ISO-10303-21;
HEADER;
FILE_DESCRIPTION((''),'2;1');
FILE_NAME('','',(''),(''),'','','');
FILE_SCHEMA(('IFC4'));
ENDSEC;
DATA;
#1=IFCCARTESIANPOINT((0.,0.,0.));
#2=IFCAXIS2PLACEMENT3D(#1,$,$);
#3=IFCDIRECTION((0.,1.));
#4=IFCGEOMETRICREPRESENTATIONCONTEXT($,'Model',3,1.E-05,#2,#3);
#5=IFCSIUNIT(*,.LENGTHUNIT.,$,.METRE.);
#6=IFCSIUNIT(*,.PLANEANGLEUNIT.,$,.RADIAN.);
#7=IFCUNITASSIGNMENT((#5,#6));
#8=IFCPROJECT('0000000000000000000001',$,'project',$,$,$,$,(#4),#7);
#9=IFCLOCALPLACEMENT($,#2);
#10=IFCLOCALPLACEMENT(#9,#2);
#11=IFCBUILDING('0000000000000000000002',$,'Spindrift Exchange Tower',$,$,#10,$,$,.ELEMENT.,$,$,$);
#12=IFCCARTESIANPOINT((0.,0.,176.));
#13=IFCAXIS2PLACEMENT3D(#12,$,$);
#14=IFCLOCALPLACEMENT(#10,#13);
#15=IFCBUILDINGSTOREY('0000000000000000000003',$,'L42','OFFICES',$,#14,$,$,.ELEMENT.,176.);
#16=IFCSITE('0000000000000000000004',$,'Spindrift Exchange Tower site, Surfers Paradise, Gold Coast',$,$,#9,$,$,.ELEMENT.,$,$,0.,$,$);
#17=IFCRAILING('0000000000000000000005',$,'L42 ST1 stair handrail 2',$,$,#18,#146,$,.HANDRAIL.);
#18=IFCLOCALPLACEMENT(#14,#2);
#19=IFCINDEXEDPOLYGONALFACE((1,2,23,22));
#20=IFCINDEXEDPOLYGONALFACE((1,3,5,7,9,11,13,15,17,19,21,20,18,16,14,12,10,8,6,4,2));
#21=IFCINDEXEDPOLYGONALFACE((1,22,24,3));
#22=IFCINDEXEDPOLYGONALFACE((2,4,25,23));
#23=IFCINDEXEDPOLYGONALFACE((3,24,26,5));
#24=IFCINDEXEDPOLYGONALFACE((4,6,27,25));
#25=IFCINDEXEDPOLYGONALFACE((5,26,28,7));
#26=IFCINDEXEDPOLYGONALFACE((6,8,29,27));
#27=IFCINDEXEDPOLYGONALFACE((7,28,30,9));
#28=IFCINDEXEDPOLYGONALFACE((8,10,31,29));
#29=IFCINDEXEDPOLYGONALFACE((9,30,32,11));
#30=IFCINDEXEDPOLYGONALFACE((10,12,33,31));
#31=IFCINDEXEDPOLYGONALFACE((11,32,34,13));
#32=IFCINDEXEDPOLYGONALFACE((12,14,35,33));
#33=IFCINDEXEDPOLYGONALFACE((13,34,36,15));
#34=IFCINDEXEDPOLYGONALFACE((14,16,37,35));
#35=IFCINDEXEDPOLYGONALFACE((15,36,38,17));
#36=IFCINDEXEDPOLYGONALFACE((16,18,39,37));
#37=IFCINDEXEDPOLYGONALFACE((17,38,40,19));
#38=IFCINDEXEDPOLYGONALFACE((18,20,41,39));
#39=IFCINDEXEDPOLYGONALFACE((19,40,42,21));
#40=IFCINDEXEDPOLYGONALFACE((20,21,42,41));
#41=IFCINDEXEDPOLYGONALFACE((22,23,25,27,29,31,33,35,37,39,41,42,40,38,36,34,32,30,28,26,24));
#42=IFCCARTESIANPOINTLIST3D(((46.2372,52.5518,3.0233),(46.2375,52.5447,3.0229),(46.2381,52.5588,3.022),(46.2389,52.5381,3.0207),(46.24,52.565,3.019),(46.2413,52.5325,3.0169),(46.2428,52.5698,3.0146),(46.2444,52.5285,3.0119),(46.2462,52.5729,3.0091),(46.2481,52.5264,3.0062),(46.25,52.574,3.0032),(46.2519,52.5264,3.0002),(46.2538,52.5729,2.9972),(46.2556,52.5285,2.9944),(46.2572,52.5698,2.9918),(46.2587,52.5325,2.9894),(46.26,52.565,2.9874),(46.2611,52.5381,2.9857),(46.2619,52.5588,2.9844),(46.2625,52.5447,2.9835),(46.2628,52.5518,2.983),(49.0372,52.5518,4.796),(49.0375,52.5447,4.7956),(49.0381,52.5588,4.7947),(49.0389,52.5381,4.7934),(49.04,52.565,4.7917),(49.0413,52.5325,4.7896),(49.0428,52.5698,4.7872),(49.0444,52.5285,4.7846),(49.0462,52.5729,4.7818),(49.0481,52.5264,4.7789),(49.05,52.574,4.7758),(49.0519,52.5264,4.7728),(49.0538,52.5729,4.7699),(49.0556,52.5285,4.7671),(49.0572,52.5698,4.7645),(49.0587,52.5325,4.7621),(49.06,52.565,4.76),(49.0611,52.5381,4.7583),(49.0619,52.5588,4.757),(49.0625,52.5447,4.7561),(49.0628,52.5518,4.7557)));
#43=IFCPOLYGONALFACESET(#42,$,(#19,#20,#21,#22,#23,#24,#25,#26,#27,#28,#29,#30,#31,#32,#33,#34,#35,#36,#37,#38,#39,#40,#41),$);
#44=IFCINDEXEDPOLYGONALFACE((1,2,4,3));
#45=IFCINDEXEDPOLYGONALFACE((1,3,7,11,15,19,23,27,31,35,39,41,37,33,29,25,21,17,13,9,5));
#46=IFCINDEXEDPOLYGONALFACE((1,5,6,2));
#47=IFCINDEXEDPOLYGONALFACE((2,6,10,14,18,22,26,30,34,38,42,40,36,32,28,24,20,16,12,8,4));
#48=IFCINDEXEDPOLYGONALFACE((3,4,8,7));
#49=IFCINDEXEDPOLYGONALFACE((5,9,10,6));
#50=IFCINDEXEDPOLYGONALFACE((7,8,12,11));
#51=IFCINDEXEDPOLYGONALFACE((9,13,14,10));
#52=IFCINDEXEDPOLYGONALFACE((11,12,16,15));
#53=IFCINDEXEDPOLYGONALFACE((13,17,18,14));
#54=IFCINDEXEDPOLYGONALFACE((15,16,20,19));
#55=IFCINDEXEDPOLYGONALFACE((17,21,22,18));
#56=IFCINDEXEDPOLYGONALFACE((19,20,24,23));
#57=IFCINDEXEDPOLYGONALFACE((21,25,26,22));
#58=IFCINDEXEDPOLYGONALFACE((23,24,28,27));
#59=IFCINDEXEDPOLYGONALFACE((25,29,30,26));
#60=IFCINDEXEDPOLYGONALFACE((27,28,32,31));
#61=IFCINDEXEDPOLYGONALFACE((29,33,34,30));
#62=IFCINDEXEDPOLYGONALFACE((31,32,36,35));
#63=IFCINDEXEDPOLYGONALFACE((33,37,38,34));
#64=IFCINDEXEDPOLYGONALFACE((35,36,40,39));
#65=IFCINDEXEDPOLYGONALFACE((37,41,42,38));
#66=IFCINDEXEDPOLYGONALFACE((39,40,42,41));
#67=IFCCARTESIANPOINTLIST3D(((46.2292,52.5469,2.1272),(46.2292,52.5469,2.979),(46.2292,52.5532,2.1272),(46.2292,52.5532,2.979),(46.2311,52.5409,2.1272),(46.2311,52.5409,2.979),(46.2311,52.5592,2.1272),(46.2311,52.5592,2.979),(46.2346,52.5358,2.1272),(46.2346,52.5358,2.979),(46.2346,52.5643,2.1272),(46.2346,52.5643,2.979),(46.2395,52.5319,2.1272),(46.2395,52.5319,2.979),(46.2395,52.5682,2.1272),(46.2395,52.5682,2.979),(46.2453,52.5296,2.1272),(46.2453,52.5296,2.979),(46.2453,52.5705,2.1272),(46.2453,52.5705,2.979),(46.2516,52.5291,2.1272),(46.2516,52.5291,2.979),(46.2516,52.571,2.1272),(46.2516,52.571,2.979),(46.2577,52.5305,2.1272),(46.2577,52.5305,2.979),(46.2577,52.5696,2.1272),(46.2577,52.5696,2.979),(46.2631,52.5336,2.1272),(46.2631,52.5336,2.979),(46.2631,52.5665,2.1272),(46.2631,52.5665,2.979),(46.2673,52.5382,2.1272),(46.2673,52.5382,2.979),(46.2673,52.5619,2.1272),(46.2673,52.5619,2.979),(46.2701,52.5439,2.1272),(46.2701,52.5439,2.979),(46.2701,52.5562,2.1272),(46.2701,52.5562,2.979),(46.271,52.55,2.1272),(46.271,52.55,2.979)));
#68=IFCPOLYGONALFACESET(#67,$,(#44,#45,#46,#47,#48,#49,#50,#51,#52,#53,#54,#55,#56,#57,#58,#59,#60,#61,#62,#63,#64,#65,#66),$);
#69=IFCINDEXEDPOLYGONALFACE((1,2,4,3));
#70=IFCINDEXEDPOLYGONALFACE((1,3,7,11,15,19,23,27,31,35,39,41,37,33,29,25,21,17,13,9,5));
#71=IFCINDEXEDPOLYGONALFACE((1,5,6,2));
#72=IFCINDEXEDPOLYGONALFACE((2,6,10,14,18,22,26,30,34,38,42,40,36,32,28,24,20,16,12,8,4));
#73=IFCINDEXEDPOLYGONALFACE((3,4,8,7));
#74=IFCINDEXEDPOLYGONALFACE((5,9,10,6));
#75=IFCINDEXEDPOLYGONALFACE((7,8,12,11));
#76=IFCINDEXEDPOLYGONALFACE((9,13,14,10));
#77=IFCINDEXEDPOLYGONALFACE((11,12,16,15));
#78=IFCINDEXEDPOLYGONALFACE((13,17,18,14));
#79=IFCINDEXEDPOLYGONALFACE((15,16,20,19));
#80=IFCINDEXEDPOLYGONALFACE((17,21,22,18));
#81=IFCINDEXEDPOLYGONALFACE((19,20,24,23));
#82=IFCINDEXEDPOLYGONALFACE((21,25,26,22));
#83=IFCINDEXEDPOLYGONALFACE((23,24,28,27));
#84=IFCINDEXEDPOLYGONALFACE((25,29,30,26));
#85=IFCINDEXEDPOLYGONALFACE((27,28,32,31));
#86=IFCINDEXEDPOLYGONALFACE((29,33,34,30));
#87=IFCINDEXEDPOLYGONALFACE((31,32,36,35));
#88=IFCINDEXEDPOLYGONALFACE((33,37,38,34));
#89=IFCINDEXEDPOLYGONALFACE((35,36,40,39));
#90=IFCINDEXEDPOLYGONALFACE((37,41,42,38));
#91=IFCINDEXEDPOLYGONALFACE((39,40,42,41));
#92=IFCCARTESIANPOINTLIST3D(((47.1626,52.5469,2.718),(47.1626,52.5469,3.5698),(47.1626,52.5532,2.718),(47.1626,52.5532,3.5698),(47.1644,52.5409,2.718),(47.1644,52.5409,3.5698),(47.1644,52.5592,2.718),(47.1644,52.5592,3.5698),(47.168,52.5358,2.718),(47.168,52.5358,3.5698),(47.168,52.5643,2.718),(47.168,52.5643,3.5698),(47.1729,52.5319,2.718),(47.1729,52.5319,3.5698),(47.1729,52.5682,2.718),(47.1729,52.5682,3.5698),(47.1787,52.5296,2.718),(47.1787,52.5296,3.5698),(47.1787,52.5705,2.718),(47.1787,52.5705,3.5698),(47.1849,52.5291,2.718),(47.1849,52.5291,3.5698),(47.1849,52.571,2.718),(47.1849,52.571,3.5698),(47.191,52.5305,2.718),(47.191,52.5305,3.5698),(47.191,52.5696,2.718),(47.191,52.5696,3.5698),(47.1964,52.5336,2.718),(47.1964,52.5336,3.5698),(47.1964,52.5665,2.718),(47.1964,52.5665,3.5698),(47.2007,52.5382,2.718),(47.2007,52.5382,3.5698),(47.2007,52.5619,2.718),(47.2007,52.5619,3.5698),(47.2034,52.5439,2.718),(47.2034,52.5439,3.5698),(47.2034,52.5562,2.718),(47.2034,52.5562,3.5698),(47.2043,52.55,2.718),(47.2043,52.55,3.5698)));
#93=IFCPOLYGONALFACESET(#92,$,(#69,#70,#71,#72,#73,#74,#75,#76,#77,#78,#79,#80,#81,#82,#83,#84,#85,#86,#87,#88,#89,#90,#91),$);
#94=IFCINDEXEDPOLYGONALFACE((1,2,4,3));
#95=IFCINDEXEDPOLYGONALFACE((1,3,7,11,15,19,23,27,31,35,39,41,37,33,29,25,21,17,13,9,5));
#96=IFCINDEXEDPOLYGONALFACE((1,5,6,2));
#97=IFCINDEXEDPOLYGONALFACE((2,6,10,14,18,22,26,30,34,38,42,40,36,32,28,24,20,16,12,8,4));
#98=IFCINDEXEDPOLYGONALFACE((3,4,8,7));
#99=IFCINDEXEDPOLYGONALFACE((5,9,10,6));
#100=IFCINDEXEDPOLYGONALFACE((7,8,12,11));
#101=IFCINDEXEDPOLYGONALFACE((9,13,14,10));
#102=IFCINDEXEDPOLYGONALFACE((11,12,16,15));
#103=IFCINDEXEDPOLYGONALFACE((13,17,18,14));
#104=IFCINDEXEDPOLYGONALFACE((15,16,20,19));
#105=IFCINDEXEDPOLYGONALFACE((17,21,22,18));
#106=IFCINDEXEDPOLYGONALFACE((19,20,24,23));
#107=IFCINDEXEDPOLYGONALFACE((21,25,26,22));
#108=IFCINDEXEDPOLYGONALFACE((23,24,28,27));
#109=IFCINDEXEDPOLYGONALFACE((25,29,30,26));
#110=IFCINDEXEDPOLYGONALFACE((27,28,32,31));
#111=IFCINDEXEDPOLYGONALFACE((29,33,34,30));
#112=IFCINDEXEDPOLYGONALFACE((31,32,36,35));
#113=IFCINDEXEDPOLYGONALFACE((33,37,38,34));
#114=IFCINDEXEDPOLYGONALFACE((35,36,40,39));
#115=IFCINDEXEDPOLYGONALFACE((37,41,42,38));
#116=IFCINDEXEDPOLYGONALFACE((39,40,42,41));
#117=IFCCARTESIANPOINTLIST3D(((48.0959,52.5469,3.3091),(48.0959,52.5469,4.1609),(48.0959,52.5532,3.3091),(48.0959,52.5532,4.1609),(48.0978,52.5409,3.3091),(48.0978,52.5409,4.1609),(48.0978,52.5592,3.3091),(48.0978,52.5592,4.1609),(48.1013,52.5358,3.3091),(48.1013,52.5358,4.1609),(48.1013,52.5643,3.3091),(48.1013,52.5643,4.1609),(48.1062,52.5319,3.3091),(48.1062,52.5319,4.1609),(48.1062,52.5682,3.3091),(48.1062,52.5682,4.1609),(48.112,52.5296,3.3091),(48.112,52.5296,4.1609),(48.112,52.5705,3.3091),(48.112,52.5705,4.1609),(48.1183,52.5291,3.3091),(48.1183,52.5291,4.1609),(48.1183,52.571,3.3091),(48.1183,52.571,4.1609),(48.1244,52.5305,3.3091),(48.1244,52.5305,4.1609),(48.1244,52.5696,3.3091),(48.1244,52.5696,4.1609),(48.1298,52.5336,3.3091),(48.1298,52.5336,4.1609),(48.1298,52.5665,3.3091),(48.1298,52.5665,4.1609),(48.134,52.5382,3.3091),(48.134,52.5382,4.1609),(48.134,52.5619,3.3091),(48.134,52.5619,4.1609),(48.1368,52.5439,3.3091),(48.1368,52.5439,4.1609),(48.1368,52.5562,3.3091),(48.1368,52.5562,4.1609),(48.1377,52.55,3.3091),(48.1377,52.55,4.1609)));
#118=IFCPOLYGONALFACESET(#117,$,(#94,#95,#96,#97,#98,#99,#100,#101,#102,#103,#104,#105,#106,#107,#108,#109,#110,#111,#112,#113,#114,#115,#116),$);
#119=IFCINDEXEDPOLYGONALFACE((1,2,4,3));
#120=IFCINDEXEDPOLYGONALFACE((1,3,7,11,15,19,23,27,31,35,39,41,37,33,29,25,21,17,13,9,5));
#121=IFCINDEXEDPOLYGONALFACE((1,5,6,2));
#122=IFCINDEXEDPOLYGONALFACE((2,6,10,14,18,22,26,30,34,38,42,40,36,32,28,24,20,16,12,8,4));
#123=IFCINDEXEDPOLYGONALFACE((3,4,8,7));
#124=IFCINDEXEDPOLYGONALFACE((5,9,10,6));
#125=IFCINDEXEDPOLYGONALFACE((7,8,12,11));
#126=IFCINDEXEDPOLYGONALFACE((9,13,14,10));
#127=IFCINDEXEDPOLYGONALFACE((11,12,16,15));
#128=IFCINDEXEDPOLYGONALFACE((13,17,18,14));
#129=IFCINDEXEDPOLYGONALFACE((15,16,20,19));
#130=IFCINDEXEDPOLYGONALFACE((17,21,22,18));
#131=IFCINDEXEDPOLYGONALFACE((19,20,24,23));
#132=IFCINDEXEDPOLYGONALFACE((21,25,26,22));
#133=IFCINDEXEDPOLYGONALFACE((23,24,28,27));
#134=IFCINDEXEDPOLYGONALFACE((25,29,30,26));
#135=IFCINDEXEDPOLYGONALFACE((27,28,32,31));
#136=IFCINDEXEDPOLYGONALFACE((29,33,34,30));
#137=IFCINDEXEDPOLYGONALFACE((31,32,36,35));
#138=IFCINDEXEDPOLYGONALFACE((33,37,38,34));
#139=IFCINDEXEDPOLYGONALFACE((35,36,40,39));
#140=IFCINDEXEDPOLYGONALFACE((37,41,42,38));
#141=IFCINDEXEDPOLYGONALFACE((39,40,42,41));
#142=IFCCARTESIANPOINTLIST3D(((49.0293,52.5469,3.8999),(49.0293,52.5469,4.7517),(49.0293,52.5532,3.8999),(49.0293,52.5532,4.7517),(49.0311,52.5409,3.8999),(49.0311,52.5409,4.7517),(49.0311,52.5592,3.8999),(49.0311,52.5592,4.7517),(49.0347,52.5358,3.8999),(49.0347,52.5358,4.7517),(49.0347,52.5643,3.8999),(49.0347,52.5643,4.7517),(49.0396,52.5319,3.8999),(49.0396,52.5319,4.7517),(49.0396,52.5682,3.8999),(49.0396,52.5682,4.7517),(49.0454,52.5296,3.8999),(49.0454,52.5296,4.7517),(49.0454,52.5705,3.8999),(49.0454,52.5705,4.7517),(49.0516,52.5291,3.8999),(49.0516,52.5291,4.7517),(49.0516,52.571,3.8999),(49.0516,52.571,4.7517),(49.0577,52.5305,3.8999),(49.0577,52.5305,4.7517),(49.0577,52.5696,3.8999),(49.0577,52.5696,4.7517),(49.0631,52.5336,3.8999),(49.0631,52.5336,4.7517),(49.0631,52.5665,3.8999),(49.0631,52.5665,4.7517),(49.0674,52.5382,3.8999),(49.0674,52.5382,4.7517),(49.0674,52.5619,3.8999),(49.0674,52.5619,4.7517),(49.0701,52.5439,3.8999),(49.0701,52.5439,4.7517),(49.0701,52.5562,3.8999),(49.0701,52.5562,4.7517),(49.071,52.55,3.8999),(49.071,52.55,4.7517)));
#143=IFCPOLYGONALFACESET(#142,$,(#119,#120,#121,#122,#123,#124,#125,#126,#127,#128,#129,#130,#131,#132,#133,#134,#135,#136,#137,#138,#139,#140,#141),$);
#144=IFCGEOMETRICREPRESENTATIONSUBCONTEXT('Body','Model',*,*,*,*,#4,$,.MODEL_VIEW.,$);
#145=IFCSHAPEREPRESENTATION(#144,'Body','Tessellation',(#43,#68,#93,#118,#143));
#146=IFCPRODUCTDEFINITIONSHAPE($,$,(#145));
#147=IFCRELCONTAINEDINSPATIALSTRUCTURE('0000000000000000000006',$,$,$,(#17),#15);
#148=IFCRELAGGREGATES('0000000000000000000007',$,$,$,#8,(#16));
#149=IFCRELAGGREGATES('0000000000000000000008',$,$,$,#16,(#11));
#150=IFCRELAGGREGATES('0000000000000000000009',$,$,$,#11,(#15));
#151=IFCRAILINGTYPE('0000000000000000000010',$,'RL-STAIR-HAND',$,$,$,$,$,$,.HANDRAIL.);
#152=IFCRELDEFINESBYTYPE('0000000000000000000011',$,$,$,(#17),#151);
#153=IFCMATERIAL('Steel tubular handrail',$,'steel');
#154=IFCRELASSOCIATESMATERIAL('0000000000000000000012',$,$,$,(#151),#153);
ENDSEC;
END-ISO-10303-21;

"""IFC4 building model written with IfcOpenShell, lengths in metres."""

from ifc_helpers import new_model, si_unit, direction, frame, origin, origin_2d, place, context, subcontext, project, spatial, circle, extrude, material, type_object, element, save


model = new_model("IFC4")

# Units and contexts
model_context = context("Model", 3, precision=1e-05, world=origin(), true_north=direction((0.0, 1.0)))
body_context = subcontext(model_context, "Body", "Model", "MODEL_VIEW")
ifc_project = project(units=[si_unit("LENGTHUNIT", "METRE"), si_unit("PLANEANGLEUNIT", "RADIAN")], contexts=[model_context])

# Site, building, storey
site_placement = place(None, origin())
site = spatial("IfcSite", under=ifc_project, at=site_placement, Name="Spindrift Exchange Tower site, Surfers Paradise, Gold Coast", CompositionType="ELEMENT", RefElevation=0.0)
building_placement = place(site_placement, origin())
building = spatial("IfcBuilding", under=site, at=building_placement, Name="Spindrift Exchange Tower", CompositionType="ELEMENT")
storey_placement = place(building_placement, frame((0.0, 0.0, 176.0)))
storey = spatial("IfcBuildingStorey", under=building, at=storey_placement, Name="L42", Description="OFFICES", CompositionType="ELEMENT", Elevation=176.0)

# Railing
ifc_material_1 = material(Name="Steel tubular handrail", Category="steel")
railing_type_1 = type_object("IfcRailingType", Name="RL-STAIR-HAND", PredefinedType="HANDRAIL", material=ifc_material_1)
railing_1_placement = place(storey_placement, frame((46.25, 52.55, 2.1272)))
element("IfcRailing", 1, at=railing_1_placement, inside=storey, type_object=railing_type_1, Name="L42 ST1 stair handrail 2", PredefinedType="HANDRAIL", context=body_context, shape_type="SweptSolid", body=[
    extrude(circle(Radius=0.0239, at=origin_2d()), frame((0.0, 0.0, 0.876), z_axis=(0.844909, 0.0, 0.53491), x_axis=(0.0, 1.0, 0.0)), (0.0, 0.0, 1.0), 3.314),
    extrude(circle(Radius=0.021, at=origin_2d()), origin(), (0.0, 0.0, 1.0), 0.8518),
    extrude(circle(Radius=0.021, at=origin_2d()), frame((0.9333, 0.0, 0.5908)), (0.0, 0.0, 1.0), 0.8518),
    extrude(circle(Radius=0.021, at=origin_2d()), frame((1.8667, 0.0, 1.1819)), (0.0, 0.0, 1.0), 0.8518),
    extrude(circle(Radius=0.021, at=origin_2d()), frame((2.8, 0.0, 1.7727)), (0.0, 0.0, 1.0), 0.8518),
])

save(model, "model.ifc")
